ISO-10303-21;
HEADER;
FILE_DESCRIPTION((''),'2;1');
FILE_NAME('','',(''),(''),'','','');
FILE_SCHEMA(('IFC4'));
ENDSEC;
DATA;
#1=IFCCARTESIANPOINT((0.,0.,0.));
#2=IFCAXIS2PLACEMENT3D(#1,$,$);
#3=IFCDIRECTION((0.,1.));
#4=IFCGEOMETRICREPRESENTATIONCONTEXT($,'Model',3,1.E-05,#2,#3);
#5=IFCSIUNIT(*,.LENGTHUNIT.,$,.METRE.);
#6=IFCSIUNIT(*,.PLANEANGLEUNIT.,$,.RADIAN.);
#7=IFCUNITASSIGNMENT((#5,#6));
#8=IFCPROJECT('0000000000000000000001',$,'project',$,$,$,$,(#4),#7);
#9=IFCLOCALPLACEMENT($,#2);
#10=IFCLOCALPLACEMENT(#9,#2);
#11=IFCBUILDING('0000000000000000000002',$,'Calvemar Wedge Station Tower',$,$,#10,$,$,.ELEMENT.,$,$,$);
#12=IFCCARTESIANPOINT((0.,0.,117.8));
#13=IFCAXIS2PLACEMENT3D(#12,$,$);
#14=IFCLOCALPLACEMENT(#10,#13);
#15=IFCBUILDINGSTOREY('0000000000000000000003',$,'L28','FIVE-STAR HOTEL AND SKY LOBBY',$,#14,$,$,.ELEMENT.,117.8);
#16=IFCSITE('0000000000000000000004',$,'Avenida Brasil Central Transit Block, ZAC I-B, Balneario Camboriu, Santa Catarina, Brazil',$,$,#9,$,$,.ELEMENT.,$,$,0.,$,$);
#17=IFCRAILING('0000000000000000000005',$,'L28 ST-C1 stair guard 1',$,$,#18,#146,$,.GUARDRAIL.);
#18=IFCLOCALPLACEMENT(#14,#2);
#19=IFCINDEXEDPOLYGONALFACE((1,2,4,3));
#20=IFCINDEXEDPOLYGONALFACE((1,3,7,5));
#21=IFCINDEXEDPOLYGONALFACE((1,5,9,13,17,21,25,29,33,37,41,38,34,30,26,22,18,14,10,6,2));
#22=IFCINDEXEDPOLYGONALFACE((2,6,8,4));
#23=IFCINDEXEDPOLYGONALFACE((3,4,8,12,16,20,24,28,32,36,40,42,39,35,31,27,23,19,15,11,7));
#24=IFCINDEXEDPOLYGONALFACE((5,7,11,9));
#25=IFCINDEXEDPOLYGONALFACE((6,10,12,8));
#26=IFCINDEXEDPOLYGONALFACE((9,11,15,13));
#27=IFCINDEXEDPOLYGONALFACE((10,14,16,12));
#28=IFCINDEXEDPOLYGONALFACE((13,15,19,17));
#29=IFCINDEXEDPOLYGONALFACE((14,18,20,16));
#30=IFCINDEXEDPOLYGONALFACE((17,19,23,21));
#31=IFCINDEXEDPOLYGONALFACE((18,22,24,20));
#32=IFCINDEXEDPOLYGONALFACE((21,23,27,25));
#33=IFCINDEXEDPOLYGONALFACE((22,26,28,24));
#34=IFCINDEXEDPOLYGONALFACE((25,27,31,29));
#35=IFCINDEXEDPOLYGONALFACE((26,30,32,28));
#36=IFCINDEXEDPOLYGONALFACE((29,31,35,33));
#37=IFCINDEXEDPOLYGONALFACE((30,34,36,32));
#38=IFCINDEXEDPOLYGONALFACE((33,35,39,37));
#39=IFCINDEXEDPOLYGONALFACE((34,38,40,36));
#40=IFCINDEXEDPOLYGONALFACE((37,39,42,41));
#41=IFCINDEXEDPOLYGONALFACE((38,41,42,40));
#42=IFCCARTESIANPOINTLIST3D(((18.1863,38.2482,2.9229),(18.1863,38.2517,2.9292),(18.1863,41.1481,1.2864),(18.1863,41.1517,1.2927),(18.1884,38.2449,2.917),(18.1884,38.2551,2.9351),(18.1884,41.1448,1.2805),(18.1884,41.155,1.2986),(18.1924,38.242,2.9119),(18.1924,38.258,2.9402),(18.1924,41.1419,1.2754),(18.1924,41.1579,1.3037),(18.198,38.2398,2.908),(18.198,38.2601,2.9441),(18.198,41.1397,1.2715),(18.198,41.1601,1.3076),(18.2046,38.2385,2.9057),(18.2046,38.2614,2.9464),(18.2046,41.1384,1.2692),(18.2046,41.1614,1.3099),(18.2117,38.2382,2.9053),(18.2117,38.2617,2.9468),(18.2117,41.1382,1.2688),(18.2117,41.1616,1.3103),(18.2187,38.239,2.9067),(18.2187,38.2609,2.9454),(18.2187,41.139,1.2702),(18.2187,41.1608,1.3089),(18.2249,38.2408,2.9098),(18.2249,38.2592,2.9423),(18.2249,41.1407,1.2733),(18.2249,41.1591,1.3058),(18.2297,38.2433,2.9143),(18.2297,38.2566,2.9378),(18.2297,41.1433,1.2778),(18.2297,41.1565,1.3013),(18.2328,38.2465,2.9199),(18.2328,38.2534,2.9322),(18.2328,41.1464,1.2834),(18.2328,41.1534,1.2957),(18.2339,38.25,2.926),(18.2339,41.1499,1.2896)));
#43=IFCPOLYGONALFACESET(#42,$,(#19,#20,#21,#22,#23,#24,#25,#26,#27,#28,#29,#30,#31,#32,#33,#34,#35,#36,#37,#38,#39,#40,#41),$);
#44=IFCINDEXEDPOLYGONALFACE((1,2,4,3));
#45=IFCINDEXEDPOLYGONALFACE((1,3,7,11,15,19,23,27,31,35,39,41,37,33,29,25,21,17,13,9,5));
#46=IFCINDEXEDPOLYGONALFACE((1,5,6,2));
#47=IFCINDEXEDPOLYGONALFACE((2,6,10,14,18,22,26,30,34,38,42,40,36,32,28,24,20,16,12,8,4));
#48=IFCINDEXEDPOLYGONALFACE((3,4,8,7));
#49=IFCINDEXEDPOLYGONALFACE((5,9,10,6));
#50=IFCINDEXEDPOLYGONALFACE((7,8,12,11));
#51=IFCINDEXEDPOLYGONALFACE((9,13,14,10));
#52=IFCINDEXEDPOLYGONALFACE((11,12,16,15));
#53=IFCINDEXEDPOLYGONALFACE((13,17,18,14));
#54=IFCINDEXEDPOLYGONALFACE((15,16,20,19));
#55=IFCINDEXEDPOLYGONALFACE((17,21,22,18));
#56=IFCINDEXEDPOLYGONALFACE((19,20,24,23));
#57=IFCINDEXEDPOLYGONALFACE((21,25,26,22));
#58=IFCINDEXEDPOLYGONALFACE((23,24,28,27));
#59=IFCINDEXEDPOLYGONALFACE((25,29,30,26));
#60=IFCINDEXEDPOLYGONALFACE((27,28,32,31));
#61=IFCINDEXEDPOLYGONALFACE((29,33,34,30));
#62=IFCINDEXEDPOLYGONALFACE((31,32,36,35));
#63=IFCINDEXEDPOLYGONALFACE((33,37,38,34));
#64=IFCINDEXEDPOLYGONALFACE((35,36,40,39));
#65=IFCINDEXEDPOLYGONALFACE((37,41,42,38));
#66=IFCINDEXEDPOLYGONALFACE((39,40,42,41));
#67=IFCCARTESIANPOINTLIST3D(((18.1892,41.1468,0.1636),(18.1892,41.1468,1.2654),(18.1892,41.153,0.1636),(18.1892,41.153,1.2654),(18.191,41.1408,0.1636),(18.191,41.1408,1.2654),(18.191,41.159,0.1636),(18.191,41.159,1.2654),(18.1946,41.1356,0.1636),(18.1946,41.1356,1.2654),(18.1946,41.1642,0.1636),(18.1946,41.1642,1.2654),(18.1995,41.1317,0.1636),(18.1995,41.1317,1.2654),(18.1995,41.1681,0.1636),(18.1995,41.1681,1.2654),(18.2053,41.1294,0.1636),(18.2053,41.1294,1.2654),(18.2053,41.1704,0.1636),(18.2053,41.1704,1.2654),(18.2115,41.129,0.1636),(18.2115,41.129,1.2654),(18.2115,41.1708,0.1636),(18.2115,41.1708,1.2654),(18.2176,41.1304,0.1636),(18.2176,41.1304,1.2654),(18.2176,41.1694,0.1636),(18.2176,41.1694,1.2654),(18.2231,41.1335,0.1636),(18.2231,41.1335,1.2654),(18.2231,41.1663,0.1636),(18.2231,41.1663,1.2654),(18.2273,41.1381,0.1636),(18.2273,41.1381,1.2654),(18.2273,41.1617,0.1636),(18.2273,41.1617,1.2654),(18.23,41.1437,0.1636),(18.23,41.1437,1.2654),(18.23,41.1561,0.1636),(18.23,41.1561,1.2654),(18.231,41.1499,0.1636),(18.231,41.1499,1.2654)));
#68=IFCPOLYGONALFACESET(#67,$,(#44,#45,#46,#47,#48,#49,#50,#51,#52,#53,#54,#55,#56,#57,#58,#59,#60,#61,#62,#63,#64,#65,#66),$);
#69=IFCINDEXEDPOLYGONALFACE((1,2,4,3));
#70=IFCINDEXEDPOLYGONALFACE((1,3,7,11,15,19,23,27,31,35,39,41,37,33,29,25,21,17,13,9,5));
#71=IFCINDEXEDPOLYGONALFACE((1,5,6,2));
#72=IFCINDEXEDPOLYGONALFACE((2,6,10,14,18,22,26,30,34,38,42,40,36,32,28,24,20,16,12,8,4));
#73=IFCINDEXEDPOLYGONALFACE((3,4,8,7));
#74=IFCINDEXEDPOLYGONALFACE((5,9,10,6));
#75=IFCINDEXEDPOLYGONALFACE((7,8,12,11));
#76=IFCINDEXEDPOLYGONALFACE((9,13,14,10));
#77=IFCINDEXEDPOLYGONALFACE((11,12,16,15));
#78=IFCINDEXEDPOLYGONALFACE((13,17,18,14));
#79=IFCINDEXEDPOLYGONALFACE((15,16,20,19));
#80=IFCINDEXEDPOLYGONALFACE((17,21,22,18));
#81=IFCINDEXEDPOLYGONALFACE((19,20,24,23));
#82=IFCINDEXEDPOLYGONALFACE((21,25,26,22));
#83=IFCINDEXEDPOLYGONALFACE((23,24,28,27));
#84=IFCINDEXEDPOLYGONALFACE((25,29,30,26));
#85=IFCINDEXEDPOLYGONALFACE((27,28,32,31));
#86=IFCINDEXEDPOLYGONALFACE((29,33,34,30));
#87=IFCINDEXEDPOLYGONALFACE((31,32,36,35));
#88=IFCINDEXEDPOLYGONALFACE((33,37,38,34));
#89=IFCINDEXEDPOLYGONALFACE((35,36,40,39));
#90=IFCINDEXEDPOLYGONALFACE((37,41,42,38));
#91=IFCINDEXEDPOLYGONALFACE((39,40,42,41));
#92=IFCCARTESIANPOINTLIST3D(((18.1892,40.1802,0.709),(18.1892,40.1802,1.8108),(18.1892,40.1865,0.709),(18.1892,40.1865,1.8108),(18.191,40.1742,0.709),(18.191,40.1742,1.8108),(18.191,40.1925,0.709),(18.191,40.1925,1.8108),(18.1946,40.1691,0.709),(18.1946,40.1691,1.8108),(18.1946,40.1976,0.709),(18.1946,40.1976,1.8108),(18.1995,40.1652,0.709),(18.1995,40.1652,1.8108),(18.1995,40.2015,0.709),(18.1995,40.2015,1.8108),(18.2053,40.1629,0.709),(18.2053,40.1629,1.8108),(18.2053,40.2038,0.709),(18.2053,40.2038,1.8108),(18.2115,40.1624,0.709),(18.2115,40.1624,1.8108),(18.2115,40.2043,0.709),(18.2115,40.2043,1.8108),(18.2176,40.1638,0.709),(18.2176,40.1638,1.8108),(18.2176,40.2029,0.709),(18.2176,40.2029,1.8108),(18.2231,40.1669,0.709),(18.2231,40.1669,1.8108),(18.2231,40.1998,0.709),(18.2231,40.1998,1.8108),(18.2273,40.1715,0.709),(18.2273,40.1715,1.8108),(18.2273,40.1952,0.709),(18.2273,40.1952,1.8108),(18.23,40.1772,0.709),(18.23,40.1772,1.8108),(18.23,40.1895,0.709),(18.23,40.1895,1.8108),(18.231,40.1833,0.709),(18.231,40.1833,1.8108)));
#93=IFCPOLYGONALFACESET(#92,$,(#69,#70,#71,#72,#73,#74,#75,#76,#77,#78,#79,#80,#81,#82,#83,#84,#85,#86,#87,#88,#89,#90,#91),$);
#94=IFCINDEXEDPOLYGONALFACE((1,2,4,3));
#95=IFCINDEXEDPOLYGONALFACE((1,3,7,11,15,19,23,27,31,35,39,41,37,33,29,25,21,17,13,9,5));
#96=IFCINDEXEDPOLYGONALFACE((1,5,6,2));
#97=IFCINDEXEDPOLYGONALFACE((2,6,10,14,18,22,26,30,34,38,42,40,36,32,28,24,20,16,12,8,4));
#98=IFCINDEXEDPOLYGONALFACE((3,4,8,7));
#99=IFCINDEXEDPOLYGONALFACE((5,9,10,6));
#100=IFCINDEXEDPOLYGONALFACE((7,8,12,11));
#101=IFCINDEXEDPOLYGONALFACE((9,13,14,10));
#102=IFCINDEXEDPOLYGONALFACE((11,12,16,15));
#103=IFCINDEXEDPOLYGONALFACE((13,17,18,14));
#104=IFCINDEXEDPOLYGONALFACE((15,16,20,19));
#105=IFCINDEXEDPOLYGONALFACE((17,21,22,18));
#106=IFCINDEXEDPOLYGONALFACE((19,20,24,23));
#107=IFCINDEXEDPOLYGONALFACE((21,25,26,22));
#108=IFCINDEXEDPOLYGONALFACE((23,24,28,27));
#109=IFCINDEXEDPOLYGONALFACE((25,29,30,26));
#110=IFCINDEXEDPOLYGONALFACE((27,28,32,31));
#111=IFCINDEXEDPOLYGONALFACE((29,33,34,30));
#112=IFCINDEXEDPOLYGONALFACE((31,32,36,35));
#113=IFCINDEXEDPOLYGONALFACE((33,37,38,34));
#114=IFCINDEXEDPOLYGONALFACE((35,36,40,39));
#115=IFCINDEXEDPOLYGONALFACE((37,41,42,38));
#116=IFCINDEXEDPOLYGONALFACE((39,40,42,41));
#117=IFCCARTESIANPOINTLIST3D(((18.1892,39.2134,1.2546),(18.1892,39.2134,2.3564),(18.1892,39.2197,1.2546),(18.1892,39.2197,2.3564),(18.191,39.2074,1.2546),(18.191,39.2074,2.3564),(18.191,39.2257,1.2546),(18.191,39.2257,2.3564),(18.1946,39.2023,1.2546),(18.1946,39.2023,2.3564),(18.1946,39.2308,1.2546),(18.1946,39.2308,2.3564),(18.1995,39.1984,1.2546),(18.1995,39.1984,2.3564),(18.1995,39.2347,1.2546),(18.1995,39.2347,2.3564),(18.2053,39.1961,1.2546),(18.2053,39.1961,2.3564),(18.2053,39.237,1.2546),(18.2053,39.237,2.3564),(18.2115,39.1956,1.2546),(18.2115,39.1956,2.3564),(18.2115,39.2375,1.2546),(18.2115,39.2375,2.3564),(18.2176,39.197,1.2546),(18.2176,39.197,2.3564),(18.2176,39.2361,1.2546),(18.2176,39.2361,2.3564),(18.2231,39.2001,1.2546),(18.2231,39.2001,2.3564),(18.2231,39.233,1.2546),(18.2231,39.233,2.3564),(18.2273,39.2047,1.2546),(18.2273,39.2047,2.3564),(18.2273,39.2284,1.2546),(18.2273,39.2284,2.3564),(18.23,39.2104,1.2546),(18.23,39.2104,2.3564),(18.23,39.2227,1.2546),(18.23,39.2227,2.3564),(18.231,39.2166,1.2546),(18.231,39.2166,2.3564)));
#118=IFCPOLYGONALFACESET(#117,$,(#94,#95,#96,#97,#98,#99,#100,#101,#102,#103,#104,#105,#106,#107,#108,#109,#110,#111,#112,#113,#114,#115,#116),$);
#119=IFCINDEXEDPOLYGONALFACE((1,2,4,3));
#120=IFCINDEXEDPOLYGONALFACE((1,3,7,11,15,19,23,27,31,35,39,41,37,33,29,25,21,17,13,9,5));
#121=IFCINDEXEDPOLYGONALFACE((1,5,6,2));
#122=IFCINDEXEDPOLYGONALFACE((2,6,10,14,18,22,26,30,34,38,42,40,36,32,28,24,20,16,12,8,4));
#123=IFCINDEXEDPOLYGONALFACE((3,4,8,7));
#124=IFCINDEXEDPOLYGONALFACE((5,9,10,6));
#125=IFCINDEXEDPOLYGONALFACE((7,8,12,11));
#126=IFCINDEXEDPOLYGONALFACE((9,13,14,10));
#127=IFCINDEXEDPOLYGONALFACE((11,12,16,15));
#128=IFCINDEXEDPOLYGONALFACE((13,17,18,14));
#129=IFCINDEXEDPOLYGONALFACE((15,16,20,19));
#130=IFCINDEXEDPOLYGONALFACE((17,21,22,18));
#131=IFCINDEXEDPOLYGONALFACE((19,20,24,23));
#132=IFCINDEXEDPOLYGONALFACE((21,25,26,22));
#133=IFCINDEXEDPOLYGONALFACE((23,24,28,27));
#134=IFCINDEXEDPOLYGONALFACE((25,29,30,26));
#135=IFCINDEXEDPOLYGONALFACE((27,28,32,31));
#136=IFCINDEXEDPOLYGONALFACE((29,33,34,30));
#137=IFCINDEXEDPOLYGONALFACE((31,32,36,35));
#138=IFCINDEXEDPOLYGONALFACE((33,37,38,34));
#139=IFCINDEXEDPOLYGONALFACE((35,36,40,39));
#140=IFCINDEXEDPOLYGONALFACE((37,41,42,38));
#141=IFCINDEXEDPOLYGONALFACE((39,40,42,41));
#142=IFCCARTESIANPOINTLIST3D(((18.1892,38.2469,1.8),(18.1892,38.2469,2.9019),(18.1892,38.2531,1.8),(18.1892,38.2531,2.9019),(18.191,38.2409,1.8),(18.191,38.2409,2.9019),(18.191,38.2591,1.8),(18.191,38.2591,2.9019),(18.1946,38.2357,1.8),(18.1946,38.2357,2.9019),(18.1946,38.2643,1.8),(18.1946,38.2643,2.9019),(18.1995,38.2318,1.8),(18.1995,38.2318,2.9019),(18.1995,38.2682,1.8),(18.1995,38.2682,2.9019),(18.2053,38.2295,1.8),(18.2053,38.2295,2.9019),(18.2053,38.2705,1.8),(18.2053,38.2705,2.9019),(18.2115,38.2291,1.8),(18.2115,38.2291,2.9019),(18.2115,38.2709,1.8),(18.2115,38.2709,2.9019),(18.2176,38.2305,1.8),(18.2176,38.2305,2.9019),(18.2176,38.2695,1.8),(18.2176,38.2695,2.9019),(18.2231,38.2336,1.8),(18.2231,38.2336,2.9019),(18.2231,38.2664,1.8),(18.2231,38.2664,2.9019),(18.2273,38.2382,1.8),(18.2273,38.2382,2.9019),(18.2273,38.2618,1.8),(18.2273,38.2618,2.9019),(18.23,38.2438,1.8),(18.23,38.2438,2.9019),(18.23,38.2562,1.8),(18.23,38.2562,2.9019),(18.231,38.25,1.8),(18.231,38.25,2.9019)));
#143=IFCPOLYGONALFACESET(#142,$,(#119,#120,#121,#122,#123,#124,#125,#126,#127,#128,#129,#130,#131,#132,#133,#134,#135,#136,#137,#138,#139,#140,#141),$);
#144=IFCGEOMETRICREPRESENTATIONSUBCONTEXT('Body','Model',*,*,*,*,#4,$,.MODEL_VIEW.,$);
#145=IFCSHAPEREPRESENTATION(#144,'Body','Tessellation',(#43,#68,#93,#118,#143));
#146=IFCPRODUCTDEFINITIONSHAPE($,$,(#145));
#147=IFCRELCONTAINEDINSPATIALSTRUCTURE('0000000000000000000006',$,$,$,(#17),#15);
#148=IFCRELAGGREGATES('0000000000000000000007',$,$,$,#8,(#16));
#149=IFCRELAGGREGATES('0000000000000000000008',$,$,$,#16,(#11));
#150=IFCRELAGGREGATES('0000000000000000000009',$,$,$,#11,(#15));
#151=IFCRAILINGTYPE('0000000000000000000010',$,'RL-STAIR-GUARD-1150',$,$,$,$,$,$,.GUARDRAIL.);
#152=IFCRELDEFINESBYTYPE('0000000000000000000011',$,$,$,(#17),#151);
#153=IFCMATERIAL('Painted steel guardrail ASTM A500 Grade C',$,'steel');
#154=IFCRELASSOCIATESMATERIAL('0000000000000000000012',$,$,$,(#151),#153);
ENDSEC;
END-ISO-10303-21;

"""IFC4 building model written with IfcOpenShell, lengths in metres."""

from ifc_helpers import new_model, si_unit, direction, frame, origin, origin_2d, place, context, subcontext, project, spatial, circle, extrude, material, type_object, element, save


model = new_model("IFC4")

# Units and contexts
model_context = context("Model", 3, precision=1e-05, world=origin(), true_north=direction((0.0, 1.0)))
body_context = subcontext(model_context, "Body", "Model", "MODEL_VIEW")
ifc_project = project(units=[si_unit("LENGTHUNIT", "METRE"), si_unit("PLANEANGLEUNIT", "RADIAN")], contexts=[model_context])

# Site, building, storey
site_placement = place(None, origin())
site = spatial("IfcSite", under=ifc_project, at=site_placement, Name="Avenida Brasil Central Transit Block, ZAC I-B, Balneario Camboriu, Santa Catarina, Brazil", CompositionType="ELEMENT", RefElevation=0.0)
building_placement = place(site_placement, origin())
building = spatial("IfcBuilding", under=site, at=building_placement, Name="Calvemar Wedge Station Tower", CompositionType="ELEMENT")
storey_placement = place(building_placement, frame((0.0, 0.0, 117.8)))
storey = spatial("IfcBuildingStorey", under=building, at=storey_placement, Name="L28", Description="FIVE-STAR HOTEL AND SKY LOBBY", CompositionType="ELEMENT", Elevation=117.8)

# Railing
ifc_material_1 = material(Name="Painted steel guardrail ASTM A500 Grade C", Category="steel")
railing_type_1 = type_object("IfcRailingType", Name="RL-STAIR-GUARD-1150", PredefinedType="GUARDRAIL", material=ifc_material_1)
railing_1_placement = place(storey_placement, frame((18.21, 41.1499, 0.1636)))
element("IfcRailing", 1, at=railing_1_placement, inside=storey, type_object=railing_type_1, Name="L28 ST-C1 stair guard 1", PredefinedType="GUARDRAIL", context=body_context, shape_type="SweptSolid", body=[
    extrude(circle(Radius=0.0239, at=origin_2d()), frame((0.0, 0.0, 1.126), z_axis=(0.0, -0.870897, 0.491465), x_axis=(1.0, 0.0, 0.0)), (0.0, 0.0, 1.0), 3.3298),
    extrude(circle(Radius=0.021, at=origin_2d()), origin(), (0.0, 0.0, 1.0), 1.1018),
    extrude(circle(Radius=0.021, at=origin_2d()), frame((0.0, -0.9666, 0.5454)), (0.0, 0.0, 1.0), 1.1018),
    extrude(circle(Radius=0.021, at=origin_2d()), frame((0.0, -1.9333, 1.0911)), (0.0, 0.0, 1.0), 1.1018),
    extrude(circle(Radius=0.021, at=origin_2d()), frame((0.0, -2.8999, 1.6365)), (0.0, 0.0, 1.0), 1.1018),
])

save(model, "model.ifc")
